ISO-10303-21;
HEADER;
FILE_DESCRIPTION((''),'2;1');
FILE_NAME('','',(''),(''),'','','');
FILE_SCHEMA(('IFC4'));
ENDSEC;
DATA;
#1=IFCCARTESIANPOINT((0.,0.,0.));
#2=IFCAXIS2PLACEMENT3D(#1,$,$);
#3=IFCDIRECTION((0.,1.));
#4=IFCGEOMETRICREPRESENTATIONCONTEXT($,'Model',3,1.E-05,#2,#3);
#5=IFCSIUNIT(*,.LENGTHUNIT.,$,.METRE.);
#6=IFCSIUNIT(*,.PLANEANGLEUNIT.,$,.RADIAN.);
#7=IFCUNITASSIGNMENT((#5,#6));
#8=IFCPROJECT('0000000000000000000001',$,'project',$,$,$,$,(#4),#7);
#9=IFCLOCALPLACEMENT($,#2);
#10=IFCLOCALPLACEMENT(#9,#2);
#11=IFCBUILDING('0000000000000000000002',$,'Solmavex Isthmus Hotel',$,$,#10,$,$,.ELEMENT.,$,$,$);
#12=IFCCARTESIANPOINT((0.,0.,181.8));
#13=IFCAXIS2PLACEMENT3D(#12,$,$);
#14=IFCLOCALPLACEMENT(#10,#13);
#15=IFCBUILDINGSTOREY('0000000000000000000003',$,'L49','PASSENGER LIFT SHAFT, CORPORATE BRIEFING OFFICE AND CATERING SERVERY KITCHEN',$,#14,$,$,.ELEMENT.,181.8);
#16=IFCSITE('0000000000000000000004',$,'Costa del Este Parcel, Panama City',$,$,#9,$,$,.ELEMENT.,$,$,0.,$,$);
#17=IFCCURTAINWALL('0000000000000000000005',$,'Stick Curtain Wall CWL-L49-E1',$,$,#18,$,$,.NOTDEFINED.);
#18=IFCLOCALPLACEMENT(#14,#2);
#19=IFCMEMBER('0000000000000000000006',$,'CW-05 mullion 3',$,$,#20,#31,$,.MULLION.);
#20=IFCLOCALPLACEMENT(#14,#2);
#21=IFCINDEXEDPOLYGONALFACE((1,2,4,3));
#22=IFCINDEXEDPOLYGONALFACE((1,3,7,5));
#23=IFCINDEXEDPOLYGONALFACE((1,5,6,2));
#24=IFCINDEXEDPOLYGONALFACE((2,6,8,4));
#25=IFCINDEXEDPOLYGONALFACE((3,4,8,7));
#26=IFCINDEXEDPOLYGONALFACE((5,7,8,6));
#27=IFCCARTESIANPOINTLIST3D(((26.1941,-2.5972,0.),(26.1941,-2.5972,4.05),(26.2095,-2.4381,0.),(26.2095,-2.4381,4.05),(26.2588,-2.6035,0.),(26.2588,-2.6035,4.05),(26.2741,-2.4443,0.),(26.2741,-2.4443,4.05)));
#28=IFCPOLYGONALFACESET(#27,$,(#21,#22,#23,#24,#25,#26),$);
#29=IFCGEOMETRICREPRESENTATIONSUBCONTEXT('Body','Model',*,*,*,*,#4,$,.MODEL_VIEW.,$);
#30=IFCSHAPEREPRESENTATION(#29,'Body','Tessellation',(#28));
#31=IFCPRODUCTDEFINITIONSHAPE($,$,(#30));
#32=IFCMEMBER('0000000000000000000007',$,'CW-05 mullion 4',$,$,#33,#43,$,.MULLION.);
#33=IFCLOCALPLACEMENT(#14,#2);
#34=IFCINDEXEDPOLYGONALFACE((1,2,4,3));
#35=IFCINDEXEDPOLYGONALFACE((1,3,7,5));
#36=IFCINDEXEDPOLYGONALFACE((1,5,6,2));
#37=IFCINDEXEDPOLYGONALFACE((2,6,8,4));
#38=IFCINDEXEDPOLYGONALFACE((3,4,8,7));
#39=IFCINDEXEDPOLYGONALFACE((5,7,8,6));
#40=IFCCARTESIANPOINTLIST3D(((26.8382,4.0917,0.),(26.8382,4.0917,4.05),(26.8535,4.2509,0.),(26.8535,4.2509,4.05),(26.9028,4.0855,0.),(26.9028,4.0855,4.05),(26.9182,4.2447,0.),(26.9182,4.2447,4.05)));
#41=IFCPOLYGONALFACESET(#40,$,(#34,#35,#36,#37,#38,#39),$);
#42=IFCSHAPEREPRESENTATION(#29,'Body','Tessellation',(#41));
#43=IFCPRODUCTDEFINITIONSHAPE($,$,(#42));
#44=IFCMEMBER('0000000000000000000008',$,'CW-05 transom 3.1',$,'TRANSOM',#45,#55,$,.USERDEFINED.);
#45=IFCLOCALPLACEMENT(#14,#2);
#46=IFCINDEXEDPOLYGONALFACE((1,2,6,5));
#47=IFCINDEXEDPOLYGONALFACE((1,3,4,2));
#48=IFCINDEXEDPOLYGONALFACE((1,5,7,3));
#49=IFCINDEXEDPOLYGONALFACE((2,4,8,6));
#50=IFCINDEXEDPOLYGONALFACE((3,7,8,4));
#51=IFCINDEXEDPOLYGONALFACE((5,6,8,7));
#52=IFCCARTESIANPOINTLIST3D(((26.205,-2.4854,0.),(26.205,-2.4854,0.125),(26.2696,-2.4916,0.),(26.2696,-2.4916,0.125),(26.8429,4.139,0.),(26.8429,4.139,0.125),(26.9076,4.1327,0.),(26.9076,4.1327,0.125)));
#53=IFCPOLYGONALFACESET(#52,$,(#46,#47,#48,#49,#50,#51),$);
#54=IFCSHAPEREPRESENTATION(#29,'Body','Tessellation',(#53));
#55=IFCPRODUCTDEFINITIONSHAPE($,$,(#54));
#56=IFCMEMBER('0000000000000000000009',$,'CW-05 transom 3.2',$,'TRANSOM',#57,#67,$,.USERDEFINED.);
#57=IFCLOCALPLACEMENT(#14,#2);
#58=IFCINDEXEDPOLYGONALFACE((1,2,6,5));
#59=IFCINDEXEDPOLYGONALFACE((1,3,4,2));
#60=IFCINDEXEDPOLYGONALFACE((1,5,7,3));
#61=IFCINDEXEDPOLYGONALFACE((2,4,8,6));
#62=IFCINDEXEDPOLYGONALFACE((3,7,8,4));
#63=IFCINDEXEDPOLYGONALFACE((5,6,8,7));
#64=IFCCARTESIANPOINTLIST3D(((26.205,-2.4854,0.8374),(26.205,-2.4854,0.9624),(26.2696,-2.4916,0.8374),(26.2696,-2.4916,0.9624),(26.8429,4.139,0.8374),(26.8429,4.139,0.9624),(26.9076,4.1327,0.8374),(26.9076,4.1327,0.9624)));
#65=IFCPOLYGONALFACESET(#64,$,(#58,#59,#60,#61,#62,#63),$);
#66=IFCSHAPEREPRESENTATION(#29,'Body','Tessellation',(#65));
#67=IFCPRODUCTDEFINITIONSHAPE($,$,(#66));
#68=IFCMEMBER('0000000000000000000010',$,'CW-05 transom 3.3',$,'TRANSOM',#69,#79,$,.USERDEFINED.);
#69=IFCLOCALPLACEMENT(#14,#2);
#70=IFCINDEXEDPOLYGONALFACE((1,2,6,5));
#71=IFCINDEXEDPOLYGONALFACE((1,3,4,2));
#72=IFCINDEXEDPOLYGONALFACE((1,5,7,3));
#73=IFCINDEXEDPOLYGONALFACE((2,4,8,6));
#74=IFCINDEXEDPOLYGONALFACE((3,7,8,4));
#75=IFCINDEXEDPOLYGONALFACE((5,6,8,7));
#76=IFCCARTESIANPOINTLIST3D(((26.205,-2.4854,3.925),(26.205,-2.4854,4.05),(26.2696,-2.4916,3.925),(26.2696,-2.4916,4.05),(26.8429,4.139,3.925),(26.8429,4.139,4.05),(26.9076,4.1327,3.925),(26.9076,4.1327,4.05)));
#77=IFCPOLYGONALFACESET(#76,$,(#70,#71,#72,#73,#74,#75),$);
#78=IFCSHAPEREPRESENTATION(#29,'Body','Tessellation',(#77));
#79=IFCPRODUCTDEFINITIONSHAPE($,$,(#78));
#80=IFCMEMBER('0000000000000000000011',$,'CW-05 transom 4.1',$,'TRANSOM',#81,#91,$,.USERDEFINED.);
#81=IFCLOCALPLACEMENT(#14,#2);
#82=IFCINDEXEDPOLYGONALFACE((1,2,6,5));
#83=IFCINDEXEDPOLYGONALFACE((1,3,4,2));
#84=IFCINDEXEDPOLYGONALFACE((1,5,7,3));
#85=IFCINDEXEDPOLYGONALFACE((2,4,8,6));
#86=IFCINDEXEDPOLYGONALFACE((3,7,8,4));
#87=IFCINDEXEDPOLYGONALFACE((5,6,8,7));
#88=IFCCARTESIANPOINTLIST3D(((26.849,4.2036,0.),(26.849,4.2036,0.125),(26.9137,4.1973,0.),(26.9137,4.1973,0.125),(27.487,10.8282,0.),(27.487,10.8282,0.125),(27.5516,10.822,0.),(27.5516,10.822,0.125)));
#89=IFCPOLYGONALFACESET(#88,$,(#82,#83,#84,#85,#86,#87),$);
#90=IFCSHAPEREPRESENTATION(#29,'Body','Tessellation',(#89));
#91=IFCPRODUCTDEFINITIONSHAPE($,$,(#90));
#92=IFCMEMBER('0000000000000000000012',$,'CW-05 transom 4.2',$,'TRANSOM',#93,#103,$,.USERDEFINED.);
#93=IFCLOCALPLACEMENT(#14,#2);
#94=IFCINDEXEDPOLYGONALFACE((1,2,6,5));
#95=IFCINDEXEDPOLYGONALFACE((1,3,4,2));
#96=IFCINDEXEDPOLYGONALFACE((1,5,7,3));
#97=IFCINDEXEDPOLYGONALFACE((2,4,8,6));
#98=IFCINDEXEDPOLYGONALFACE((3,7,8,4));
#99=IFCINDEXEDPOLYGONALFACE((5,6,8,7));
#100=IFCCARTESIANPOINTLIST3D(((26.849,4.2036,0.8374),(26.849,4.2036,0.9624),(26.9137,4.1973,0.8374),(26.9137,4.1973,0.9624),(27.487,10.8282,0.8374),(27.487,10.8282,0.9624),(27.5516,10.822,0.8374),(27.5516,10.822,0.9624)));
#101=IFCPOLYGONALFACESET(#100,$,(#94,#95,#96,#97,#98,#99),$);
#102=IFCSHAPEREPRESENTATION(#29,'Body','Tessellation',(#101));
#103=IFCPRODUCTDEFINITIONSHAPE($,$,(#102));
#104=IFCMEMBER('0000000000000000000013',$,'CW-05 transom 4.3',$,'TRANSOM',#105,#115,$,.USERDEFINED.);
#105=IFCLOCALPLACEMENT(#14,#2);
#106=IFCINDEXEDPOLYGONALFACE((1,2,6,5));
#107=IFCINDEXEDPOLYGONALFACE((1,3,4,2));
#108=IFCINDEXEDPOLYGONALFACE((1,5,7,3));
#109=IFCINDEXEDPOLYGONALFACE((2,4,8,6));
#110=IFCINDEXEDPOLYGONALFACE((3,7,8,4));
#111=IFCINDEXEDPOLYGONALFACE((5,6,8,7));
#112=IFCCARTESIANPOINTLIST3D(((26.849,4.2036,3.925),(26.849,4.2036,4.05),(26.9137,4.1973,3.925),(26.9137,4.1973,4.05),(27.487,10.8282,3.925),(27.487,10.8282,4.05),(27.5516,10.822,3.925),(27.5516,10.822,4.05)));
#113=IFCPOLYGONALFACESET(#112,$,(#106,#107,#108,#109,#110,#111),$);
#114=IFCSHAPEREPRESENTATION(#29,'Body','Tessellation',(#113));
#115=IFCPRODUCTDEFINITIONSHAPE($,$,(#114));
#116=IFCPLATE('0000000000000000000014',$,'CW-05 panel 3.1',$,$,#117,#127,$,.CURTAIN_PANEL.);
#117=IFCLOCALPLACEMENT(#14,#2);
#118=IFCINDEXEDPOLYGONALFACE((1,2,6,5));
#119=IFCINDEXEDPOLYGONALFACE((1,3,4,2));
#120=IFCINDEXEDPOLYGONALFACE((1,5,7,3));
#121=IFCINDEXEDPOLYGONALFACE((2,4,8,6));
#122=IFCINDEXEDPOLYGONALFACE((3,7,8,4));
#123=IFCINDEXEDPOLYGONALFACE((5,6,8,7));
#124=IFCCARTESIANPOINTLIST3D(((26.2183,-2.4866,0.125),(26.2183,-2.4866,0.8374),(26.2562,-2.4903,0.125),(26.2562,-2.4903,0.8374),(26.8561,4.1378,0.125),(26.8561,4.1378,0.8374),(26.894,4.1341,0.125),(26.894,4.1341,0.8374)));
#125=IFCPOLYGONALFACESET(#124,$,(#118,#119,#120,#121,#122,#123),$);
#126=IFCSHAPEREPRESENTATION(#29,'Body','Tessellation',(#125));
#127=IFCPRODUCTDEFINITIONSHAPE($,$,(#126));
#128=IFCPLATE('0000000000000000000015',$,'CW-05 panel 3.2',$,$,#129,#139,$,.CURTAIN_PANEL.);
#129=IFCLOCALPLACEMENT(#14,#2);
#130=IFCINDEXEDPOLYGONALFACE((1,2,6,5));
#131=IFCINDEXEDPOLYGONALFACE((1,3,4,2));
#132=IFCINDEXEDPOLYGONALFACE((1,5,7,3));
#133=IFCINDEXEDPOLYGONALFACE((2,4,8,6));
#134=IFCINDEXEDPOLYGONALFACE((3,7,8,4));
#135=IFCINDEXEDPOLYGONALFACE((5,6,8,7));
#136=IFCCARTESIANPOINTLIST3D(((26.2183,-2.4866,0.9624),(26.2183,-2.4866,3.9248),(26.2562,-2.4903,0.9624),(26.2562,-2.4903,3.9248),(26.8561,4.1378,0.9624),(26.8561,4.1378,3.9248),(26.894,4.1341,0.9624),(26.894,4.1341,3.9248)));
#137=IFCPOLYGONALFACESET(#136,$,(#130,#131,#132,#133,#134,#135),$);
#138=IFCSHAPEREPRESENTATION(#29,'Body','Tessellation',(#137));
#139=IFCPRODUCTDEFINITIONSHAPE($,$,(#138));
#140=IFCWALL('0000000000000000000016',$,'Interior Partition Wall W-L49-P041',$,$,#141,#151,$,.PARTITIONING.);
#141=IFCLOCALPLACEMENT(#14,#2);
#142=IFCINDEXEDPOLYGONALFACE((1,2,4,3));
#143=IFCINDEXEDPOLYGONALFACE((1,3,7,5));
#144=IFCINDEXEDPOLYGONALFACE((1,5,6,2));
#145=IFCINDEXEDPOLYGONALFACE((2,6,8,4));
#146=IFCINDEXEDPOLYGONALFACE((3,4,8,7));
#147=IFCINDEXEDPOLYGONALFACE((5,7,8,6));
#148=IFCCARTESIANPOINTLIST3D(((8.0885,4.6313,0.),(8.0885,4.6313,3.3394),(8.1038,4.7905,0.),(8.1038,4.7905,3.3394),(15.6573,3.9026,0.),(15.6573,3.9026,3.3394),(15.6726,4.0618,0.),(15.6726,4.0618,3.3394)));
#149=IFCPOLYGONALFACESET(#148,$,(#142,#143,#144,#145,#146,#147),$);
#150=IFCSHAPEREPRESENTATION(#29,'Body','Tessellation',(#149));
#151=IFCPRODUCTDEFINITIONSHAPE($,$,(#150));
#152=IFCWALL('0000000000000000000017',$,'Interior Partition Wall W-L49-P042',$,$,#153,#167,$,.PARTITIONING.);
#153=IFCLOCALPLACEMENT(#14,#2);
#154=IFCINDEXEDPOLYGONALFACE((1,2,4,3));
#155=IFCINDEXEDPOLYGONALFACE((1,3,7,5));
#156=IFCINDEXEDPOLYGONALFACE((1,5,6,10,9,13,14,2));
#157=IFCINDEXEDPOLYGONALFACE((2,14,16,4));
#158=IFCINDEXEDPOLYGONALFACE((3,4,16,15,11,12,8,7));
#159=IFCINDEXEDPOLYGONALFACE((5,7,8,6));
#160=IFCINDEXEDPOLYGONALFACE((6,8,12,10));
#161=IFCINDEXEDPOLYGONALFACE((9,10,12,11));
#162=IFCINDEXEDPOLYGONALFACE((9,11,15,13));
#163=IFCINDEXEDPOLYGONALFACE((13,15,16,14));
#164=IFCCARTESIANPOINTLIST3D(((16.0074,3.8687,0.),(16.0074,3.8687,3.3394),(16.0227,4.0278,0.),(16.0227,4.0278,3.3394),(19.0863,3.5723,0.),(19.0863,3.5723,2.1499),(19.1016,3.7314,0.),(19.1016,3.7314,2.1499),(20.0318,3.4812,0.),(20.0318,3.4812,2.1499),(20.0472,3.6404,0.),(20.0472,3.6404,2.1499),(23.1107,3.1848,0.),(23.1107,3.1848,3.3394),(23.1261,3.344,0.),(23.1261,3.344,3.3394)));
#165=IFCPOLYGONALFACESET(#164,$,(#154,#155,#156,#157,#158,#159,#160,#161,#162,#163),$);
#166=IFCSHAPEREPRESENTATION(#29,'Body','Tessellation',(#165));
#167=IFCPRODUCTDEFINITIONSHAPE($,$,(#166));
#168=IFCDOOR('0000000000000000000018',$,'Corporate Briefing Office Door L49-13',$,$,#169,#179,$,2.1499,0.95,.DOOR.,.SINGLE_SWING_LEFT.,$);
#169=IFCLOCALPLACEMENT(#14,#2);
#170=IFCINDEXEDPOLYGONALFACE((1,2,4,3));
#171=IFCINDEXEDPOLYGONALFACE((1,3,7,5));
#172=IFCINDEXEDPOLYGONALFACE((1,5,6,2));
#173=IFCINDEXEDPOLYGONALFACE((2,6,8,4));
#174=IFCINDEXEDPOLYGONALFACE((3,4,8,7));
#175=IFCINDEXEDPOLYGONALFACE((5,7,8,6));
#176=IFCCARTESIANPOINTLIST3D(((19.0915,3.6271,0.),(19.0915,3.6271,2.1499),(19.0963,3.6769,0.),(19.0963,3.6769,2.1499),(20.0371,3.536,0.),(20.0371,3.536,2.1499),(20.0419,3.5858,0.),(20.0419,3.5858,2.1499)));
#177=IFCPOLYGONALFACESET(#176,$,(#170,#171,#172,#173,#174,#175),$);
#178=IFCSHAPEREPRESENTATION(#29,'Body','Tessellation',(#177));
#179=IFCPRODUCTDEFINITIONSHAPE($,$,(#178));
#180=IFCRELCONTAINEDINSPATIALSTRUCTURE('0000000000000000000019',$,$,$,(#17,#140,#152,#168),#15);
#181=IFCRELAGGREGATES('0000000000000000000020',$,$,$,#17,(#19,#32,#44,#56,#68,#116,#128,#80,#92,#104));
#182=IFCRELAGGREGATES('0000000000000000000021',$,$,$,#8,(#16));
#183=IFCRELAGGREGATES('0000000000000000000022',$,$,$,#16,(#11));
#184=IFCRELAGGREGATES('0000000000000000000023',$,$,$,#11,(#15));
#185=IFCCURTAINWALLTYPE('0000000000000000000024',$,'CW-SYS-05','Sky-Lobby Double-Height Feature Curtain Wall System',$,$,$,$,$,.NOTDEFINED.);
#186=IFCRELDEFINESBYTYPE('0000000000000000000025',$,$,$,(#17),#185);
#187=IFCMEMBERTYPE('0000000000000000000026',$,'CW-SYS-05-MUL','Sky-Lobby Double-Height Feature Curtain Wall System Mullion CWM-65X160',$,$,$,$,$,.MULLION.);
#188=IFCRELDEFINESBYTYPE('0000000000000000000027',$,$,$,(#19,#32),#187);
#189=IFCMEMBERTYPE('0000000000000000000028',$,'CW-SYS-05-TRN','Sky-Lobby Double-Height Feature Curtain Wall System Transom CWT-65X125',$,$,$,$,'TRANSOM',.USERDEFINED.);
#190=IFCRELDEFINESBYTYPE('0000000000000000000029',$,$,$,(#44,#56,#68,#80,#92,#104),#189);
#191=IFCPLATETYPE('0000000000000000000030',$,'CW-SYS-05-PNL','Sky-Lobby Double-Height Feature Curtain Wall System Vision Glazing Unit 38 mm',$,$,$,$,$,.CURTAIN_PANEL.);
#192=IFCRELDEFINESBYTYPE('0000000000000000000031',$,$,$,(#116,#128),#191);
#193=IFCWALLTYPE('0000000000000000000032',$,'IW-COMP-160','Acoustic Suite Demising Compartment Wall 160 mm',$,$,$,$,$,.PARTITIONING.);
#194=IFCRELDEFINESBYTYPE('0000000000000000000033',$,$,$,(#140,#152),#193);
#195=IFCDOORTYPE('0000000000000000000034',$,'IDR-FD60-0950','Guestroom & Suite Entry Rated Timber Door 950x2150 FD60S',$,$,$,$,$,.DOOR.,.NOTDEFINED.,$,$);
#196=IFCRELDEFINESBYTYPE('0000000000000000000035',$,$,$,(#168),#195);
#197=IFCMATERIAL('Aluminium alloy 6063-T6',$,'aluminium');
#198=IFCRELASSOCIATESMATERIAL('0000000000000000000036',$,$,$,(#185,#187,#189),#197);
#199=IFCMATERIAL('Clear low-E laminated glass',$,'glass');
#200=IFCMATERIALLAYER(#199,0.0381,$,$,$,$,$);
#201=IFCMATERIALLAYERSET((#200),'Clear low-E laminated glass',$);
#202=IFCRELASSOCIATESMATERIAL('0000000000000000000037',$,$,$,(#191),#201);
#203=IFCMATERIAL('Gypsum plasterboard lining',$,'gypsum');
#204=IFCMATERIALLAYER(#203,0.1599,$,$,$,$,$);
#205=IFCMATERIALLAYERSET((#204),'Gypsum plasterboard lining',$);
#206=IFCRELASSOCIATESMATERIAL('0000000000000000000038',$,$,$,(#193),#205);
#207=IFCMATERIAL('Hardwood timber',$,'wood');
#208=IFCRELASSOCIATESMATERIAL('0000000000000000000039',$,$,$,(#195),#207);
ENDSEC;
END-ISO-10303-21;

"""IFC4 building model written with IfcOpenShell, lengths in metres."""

from ifc_helpers import new_model, si_unit, direction, frame, frame_2d, origin, origin_2d, place, context, subcontext, project, spatial, rectangle, extrude, material, layer, layer_set, material_profile, profile_set, type_object, element, fill, aggregate, save


model = new_model("IFC4")

# Units and contexts
model_context = context("Model", 3, precision=1e-05, world=origin(), true_north=direction((0.0, 1.0)))
body_context = subcontext(model_context, "Body", "Model", "MODEL_VIEW")
ifc_project = project(units=[si_unit("LENGTHUNIT", "METRE"), si_unit("PLANEANGLEUNIT", "RADIAN")], contexts=[model_context])

# Site, building, storey
site_placement = place(None, origin())
site = spatial("IfcSite", under=ifc_project, at=site_placement, Name="Costa del Este Parcel, Panama City", CompositionType="ELEMENT", RefElevation=0.0)
building_placement = place(site_placement, origin())
building = spatial("IfcBuilding", under=site, at=building_placement, Name="Solmavex Isthmus Hotel", CompositionType="ELEMENT")
storey_placement = place(building_placement, frame((0.0, 0.0, 181.8)))
storey = spatial("IfcBuildingStorey", under=building, at=storey_placement, Name="L49", Description="PASSENGER LIFT SHAFT, CORPORATE BRIEFING OFFICE AND CATERING SERVERY KITCHEN", CompositionType="ELEMENT", Elevation=181.8)

# Curtain wall, members, plates
ifc_material_1 = material(Name="Aluminium alloy 6063-T6", Category="aluminium")
curtain_wall_type = type_object("IfcCurtainWallType", Name="CW-SYS-05", Description="Sky-Lobby Double-Height Feature Curtain Wall System", PredefinedType="NOTDEFINED", material=ifc_material_1)
curtain_wall_placement = place(storey_placement, origin())
curtain_wall = element("IfcCurtainWall", 1, at=curtain_wall_placement, inside=storey, type_object=curtain_wall_type, Name="Stick Curtain Wall CWL-L49-E1", PredefinedType="NOTDEFINED")
ifc_material_profile_1 = material_profile(ifc_material_1, rectangle(XDim=0.0649, YDim=0.1599, at=origin_2d()), Name="CWM-65X160")
ifc_profile_set_1 = profile_set([ifc_material_profile_1], Name="Aluminium alloy 6063-T6")
member_type_1 = type_object("IfcMemberType", Name="CW-SYS-05-MUL", Description="Sky-Lobby Double-Height Feature Curtain Wall System Mullion CWM-65X160", PredefinedType="MULLION", material=ifc_profile_set_1)
member_1_placement = place(storey_placement, frame((26.2341, -2.5208, 0.0), z_axis=(0.0, 0.0, 1.0), x_axis=(-0.995396, 0.095846, 0.0)))
member_1 = element("IfcMember", 2, at=member_1_placement, type_object=member_type_1, Name="CW-05 mullion 3", PredefinedType="MULLION", context=body_context, shape_type="SweptSolid", body=[
    extrude(rectangle(XDim=0.0649, YDim=0.1599, at=origin_2d()), origin(), (0.0, 0.0, 1.0), 4.05),
])
member_2_placement = place(storey_placement, frame((26.8782, 4.1682, 0.0), z_axis=(0.0, 0.0, 1.0), x_axis=(-0.995396, 0.095846, 0.0)))
member_2 = element("IfcMember", 3, at=member_2_placement, type_object=member_type_1, Name="CW-05 mullion 4", PredefinedType="MULLION", context=body_context, shape_type="SweptSolid", body=[
    extrude(rectangle(XDim=0.0649, YDim=0.1599, at=origin_2d()), origin(), (0.0, 0.0, 1.0), 4.05),
])
ifc_material_profile_2 = material_profile(ifc_material_1, rectangle(XDim=0.0649, YDim=0.125, at=origin_2d()), Name="CWT-65X125")
ifc_profile_set_2 = profile_set([ifc_material_profile_2], Name="Aluminium alloy 6063-T6")
member_type_2 = type_object("IfcMemberType", Name="CW-SYS-05-TRN", Description="Sky-Lobby Double-Height Feature Curtain Wall System Transom CWT-65X125", ElementType="TRANSOM", PredefinedType="USERDEFINED", material=ifc_profile_set_2)
member_3_placement = place(storey_placement, frame((26.2373, -2.4885, 0.0625), z_axis=(0.09586, 0.995395, 0.0), x_axis=(-0.995395, 0.09586, 0.0)))
member_3 = element("IfcMember", 4, at=member_3_placement, type_object=member_type_2, Name="CW-05 transom 3.1", ObjectType="TRANSOM", PredefinedType="USERDEFINED", context=body_context, shape_type="SweptSolid", body=[
    extrude(rectangle(XDim=0.0649, YDim=0.125, at=origin_2d()), origin(), (0.0, 0.0, 1.0), 6.655),
])
member_4_placement = place(storey_placement, frame((26.2373, -2.4885, 0.8999), z_axis=(0.09586, 0.995395, 0.0), x_axis=(-0.995395, 0.09586, 0.0)))
member_4 = element("IfcMember", 5, at=member_4_placement, type_object=member_type_2, Name="CW-05 transom 3.2", ObjectType="TRANSOM", PredefinedType="USERDEFINED", context=body_context, shape_type="SweptSolid", body=[
    extrude(rectangle(XDim=0.0649, YDim=0.125, at=origin_2d()), origin(), (0.0, 0.0, 1.0), 6.655),
])
member_5_placement = place(storey_placement, frame((26.2373, -2.4885, 3.9875), z_axis=(0.09586, 0.995395, 0.0), x_axis=(-0.995395, 0.09586, 0.0)))
member_5 = element("IfcMember", 6, at=member_5_placement, type_object=member_type_2, Name="CW-05 transom 3.3", ObjectType="TRANSOM", PredefinedType="USERDEFINED", context=body_context, shape_type="SweptSolid", body=[
    extrude(rectangle(XDim=0.0649, YDim=0.125, at=origin_2d()), origin(), (0.0, 0.0, 1.0), 6.655),
])
member_6_placement = place(storey_placement, frame((26.8813, 4.2004, 0.0625), z_axis=(0.095856, 0.995395, 0.0), x_axis=(-0.995395, 0.095856, 0.0)))
member_6 = element("IfcMember", 7, at=member_6_placement, type_object=member_type_2, Name="CW-05 transom 4.1", ObjectType="TRANSOM", PredefinedType="USERDEFINED", context=body_context, shape_type="SweptSolid", body=[
    extrude(rectangle(XDim=0.0649, YDim=0.125, at=origin_2d()), origin(), (0.0, 0.0, 1.0), 6.6553),
])
member_7_placement = place(storey_placement, frame((26.8813, 4.2004, 0.8999), z_axis=(0.095856, 0.995395, 0.0), x_axis=(-0.995395, 0.095856, 0.0)))
member_7 = element("IfcMember", 8, at=member_7_placement, type_object=member_type_2, Name="CW-05 transom 4.2", ObjectType="TRANSOM", PredefinedType="USERDEFINED", context=body_context, shape_type="SweptSolid", body=[
    extrude(rectangle(XDim=0.0649, YDim=0.125, at=origin_2d()), origin(), (0.0, 0.0, 1.0), 6.6553),
])
member_8_placement = place(storey_placement, frame((26.8813, 4.2004, 3.9875), z_axis=(0.095856, 0.995395, 0.0), x_axis=(-0.995395, 0.095856, 0.0)))
member_8 = element("IfcMember", 9, at=member_8_placement, type_object=member_type_2, Name="CW-05 transom 4.3", ObjectType="TRANSOM", PredefinedType="USERDEFINED", context=body_context, shape_type="SweptSolid", body=[
    extrude(rectangle(XDim=0.0649, YDim=0.125, at=origin_2d()), origin(), (0.0, 0.0, 1.0), 6.6553),
])
ifc_material_2 = material(Name="Clear low-E laminated glass", Category="glass")
ifc_layer_1 = layer(ifc_material_2, 0.0381)
ifc_layer_set_1 = layer_set([ifc_layer_1], Name="Clear low-E laminated glass")
plate_type = type_object("IfcPlateType", Name="CW-SYS-05-PNL", Description="Sky-Lobby Double-Height Feature Curtain Wall System Vision Glazing Unit 38 mm", PredefinedType="CURTAIN_PANEL", material=ifc_layer_set_1)
plate_1_placement = place(storey_placement, frame((26.5562, 0.8237, 0.125), z_axis=(0.0, 0.0, 1.0), x_axis=(0.095846, 0.995396, 0.0)))
plate_1 = element("IfcPlate", 10, at=plate_1_placement, type_object=plate_type, Name="CW-05 panel 3.1", PredefinedType="CURTAIN_PANEL", context=body_context, shape_type="SweptSolid", body=[
    extrude(rectangle(XDim=6.655, YDim=0.0381, at=origin_2d()), origin(), (0.0, 0.0, 1.0), 0.7124),
])
plate_2_placement = place(storey_placement, frame((26.5562, 0.8237, 0.9624), z_axis=(0.0, 0.0, 1.0), x_axis=(0.095846, 0.995396, 0.0)))
plate_2 = element("IfcPlate", 11, at=plate_2_placement, type_object=plate_type, Name="CW-05 panel 3.2", PredefinedType="CURTAIN_PANEL", context=body_context, shape_type="SweptSolid", body=[
    extrude(rectangle(XDim=6.655, YDim=0.0381, at=origin_2d()), origin(), (0.0, 0.0, 1.0), 2.9624),
])
aggregate(curtain_wall, [member_1, member_2, member_3, member_4, member_5, plate_1, plate_2, member_6, member_7, member_8])

# Wall
ifc_material_3 = material(Name="Gypsum plasterboard lining", Category="gypsum")
ifc_layer_2 = layer(ifc_material_3, 0.1599)
ifc_layer_set_2 = layer_set([ifc_layer_2], Name="Gypsum plasterboard lining")
wall_type = type_object("IfcWallType", Name="IW-COMP-160", Description="Acoustic Suite Demising Compartment Wall 160 mm", PredefinedType="PARTITIONING", material=ifc_layer_set_2)
wall_1_placement = place(storey_placement, frame((15.6648, 3.9822, 0.0), z_axis=(0.0, 0.0, 1.0), x_axis=(-0.995397, 0.095841, 0.0)))
element("IfcWall", 12, at=wall_1_placement, inside=storey, type_object=wall_type, Name="Interior Partition Wall W-L49-P041", PredefinedType="PARTITIONING", context=body_context, shape_type="SweptSolid", body=[
    extrude(rectangle(XDim=7.6038, YDim=0.1599, at=frame_2d((3.8018, 0.0))), origin(), (0.0, 0.0, 1.0), 3.3394),
])

# Wall, opening, door
wall_2_placement = place(storey_placement, frame((23.1184, 3.2644, 0.0), z_axis=(0.0, 0.0, 1.0), x_axis=(-0.995398, 0.095828, 0.0)))
wall_2 = element("IfcWall", 13, at=wall_2_placement, inside=storey, type_object=wall_type, Name="Interior Partition Wall W-L49-P042", PredefinedType="PARTITIONING", context=body_context, shape_type="SweptSolid", body=[
    extrude(rectangle(XDim=7.1362, YDim=0.1599, at=frame_2d((3.5681, 0.0))), origin(), (0.0, 0.0, 1.0), 3.3394),
])
opening_placement = place(wall_2_placement, frame((3.093, 0.0, 0.0)))
opening = element("IfcOpeningElement", 14, at=opening_placement, cuts=wall_2, PredefinedType="OPENING", context=body_context, shape_type="SweptSolid", body=[
    extrude(rectangle(XDim=0.95, YDim=2.1499, at=frame_2d((0.4751, 1.075))), frame((0.0, 0.0898, 0.0), z_axis=(0.0, -1.0, 0.0), x_axis=(1.0, 0.0, 0.0)), (0.0, 0.0, 1.0), 0.1799),
])
ifc_material_4 = material(Name="Hardwood timber", Category="wood")
door_type = type_object("IfcDoorType", Name="IDR-FD60-0950", Description="Guestroom & Suite Entry Rated Timber Door 950x2150 FD60S", OperationType="NOTDEFINED", PredefinedType="DOOR", material=ifc_material_4)
door_placement = place(opening_placement, origin())
door = element("IfcDoor", 15, at=door_placement, inside=storey, type_object=door_type, Name="Corporate Briefing Office Door L49-13", OperationType="SINGLE_SWING_LEFT", OverallHeight=2.1499, OverallWidth=0.95, PredefinedType="DOOR", context=body_context, shape_type="SweptSolid", body=[
    extrude(rectangle(XDim=0.95, YDim=2.1499, at=frame_2d((0.4751, 1.075))), frame((0.0, 0.0249, 0.0), z_axis=(0.0, -1.0, 0.0), x_axis=(1.0, 0.0, 0.0)), (0.0, 0.0, 1.0), 0.05),
])
fill(opening, door)

save(model, "model.ifc")
